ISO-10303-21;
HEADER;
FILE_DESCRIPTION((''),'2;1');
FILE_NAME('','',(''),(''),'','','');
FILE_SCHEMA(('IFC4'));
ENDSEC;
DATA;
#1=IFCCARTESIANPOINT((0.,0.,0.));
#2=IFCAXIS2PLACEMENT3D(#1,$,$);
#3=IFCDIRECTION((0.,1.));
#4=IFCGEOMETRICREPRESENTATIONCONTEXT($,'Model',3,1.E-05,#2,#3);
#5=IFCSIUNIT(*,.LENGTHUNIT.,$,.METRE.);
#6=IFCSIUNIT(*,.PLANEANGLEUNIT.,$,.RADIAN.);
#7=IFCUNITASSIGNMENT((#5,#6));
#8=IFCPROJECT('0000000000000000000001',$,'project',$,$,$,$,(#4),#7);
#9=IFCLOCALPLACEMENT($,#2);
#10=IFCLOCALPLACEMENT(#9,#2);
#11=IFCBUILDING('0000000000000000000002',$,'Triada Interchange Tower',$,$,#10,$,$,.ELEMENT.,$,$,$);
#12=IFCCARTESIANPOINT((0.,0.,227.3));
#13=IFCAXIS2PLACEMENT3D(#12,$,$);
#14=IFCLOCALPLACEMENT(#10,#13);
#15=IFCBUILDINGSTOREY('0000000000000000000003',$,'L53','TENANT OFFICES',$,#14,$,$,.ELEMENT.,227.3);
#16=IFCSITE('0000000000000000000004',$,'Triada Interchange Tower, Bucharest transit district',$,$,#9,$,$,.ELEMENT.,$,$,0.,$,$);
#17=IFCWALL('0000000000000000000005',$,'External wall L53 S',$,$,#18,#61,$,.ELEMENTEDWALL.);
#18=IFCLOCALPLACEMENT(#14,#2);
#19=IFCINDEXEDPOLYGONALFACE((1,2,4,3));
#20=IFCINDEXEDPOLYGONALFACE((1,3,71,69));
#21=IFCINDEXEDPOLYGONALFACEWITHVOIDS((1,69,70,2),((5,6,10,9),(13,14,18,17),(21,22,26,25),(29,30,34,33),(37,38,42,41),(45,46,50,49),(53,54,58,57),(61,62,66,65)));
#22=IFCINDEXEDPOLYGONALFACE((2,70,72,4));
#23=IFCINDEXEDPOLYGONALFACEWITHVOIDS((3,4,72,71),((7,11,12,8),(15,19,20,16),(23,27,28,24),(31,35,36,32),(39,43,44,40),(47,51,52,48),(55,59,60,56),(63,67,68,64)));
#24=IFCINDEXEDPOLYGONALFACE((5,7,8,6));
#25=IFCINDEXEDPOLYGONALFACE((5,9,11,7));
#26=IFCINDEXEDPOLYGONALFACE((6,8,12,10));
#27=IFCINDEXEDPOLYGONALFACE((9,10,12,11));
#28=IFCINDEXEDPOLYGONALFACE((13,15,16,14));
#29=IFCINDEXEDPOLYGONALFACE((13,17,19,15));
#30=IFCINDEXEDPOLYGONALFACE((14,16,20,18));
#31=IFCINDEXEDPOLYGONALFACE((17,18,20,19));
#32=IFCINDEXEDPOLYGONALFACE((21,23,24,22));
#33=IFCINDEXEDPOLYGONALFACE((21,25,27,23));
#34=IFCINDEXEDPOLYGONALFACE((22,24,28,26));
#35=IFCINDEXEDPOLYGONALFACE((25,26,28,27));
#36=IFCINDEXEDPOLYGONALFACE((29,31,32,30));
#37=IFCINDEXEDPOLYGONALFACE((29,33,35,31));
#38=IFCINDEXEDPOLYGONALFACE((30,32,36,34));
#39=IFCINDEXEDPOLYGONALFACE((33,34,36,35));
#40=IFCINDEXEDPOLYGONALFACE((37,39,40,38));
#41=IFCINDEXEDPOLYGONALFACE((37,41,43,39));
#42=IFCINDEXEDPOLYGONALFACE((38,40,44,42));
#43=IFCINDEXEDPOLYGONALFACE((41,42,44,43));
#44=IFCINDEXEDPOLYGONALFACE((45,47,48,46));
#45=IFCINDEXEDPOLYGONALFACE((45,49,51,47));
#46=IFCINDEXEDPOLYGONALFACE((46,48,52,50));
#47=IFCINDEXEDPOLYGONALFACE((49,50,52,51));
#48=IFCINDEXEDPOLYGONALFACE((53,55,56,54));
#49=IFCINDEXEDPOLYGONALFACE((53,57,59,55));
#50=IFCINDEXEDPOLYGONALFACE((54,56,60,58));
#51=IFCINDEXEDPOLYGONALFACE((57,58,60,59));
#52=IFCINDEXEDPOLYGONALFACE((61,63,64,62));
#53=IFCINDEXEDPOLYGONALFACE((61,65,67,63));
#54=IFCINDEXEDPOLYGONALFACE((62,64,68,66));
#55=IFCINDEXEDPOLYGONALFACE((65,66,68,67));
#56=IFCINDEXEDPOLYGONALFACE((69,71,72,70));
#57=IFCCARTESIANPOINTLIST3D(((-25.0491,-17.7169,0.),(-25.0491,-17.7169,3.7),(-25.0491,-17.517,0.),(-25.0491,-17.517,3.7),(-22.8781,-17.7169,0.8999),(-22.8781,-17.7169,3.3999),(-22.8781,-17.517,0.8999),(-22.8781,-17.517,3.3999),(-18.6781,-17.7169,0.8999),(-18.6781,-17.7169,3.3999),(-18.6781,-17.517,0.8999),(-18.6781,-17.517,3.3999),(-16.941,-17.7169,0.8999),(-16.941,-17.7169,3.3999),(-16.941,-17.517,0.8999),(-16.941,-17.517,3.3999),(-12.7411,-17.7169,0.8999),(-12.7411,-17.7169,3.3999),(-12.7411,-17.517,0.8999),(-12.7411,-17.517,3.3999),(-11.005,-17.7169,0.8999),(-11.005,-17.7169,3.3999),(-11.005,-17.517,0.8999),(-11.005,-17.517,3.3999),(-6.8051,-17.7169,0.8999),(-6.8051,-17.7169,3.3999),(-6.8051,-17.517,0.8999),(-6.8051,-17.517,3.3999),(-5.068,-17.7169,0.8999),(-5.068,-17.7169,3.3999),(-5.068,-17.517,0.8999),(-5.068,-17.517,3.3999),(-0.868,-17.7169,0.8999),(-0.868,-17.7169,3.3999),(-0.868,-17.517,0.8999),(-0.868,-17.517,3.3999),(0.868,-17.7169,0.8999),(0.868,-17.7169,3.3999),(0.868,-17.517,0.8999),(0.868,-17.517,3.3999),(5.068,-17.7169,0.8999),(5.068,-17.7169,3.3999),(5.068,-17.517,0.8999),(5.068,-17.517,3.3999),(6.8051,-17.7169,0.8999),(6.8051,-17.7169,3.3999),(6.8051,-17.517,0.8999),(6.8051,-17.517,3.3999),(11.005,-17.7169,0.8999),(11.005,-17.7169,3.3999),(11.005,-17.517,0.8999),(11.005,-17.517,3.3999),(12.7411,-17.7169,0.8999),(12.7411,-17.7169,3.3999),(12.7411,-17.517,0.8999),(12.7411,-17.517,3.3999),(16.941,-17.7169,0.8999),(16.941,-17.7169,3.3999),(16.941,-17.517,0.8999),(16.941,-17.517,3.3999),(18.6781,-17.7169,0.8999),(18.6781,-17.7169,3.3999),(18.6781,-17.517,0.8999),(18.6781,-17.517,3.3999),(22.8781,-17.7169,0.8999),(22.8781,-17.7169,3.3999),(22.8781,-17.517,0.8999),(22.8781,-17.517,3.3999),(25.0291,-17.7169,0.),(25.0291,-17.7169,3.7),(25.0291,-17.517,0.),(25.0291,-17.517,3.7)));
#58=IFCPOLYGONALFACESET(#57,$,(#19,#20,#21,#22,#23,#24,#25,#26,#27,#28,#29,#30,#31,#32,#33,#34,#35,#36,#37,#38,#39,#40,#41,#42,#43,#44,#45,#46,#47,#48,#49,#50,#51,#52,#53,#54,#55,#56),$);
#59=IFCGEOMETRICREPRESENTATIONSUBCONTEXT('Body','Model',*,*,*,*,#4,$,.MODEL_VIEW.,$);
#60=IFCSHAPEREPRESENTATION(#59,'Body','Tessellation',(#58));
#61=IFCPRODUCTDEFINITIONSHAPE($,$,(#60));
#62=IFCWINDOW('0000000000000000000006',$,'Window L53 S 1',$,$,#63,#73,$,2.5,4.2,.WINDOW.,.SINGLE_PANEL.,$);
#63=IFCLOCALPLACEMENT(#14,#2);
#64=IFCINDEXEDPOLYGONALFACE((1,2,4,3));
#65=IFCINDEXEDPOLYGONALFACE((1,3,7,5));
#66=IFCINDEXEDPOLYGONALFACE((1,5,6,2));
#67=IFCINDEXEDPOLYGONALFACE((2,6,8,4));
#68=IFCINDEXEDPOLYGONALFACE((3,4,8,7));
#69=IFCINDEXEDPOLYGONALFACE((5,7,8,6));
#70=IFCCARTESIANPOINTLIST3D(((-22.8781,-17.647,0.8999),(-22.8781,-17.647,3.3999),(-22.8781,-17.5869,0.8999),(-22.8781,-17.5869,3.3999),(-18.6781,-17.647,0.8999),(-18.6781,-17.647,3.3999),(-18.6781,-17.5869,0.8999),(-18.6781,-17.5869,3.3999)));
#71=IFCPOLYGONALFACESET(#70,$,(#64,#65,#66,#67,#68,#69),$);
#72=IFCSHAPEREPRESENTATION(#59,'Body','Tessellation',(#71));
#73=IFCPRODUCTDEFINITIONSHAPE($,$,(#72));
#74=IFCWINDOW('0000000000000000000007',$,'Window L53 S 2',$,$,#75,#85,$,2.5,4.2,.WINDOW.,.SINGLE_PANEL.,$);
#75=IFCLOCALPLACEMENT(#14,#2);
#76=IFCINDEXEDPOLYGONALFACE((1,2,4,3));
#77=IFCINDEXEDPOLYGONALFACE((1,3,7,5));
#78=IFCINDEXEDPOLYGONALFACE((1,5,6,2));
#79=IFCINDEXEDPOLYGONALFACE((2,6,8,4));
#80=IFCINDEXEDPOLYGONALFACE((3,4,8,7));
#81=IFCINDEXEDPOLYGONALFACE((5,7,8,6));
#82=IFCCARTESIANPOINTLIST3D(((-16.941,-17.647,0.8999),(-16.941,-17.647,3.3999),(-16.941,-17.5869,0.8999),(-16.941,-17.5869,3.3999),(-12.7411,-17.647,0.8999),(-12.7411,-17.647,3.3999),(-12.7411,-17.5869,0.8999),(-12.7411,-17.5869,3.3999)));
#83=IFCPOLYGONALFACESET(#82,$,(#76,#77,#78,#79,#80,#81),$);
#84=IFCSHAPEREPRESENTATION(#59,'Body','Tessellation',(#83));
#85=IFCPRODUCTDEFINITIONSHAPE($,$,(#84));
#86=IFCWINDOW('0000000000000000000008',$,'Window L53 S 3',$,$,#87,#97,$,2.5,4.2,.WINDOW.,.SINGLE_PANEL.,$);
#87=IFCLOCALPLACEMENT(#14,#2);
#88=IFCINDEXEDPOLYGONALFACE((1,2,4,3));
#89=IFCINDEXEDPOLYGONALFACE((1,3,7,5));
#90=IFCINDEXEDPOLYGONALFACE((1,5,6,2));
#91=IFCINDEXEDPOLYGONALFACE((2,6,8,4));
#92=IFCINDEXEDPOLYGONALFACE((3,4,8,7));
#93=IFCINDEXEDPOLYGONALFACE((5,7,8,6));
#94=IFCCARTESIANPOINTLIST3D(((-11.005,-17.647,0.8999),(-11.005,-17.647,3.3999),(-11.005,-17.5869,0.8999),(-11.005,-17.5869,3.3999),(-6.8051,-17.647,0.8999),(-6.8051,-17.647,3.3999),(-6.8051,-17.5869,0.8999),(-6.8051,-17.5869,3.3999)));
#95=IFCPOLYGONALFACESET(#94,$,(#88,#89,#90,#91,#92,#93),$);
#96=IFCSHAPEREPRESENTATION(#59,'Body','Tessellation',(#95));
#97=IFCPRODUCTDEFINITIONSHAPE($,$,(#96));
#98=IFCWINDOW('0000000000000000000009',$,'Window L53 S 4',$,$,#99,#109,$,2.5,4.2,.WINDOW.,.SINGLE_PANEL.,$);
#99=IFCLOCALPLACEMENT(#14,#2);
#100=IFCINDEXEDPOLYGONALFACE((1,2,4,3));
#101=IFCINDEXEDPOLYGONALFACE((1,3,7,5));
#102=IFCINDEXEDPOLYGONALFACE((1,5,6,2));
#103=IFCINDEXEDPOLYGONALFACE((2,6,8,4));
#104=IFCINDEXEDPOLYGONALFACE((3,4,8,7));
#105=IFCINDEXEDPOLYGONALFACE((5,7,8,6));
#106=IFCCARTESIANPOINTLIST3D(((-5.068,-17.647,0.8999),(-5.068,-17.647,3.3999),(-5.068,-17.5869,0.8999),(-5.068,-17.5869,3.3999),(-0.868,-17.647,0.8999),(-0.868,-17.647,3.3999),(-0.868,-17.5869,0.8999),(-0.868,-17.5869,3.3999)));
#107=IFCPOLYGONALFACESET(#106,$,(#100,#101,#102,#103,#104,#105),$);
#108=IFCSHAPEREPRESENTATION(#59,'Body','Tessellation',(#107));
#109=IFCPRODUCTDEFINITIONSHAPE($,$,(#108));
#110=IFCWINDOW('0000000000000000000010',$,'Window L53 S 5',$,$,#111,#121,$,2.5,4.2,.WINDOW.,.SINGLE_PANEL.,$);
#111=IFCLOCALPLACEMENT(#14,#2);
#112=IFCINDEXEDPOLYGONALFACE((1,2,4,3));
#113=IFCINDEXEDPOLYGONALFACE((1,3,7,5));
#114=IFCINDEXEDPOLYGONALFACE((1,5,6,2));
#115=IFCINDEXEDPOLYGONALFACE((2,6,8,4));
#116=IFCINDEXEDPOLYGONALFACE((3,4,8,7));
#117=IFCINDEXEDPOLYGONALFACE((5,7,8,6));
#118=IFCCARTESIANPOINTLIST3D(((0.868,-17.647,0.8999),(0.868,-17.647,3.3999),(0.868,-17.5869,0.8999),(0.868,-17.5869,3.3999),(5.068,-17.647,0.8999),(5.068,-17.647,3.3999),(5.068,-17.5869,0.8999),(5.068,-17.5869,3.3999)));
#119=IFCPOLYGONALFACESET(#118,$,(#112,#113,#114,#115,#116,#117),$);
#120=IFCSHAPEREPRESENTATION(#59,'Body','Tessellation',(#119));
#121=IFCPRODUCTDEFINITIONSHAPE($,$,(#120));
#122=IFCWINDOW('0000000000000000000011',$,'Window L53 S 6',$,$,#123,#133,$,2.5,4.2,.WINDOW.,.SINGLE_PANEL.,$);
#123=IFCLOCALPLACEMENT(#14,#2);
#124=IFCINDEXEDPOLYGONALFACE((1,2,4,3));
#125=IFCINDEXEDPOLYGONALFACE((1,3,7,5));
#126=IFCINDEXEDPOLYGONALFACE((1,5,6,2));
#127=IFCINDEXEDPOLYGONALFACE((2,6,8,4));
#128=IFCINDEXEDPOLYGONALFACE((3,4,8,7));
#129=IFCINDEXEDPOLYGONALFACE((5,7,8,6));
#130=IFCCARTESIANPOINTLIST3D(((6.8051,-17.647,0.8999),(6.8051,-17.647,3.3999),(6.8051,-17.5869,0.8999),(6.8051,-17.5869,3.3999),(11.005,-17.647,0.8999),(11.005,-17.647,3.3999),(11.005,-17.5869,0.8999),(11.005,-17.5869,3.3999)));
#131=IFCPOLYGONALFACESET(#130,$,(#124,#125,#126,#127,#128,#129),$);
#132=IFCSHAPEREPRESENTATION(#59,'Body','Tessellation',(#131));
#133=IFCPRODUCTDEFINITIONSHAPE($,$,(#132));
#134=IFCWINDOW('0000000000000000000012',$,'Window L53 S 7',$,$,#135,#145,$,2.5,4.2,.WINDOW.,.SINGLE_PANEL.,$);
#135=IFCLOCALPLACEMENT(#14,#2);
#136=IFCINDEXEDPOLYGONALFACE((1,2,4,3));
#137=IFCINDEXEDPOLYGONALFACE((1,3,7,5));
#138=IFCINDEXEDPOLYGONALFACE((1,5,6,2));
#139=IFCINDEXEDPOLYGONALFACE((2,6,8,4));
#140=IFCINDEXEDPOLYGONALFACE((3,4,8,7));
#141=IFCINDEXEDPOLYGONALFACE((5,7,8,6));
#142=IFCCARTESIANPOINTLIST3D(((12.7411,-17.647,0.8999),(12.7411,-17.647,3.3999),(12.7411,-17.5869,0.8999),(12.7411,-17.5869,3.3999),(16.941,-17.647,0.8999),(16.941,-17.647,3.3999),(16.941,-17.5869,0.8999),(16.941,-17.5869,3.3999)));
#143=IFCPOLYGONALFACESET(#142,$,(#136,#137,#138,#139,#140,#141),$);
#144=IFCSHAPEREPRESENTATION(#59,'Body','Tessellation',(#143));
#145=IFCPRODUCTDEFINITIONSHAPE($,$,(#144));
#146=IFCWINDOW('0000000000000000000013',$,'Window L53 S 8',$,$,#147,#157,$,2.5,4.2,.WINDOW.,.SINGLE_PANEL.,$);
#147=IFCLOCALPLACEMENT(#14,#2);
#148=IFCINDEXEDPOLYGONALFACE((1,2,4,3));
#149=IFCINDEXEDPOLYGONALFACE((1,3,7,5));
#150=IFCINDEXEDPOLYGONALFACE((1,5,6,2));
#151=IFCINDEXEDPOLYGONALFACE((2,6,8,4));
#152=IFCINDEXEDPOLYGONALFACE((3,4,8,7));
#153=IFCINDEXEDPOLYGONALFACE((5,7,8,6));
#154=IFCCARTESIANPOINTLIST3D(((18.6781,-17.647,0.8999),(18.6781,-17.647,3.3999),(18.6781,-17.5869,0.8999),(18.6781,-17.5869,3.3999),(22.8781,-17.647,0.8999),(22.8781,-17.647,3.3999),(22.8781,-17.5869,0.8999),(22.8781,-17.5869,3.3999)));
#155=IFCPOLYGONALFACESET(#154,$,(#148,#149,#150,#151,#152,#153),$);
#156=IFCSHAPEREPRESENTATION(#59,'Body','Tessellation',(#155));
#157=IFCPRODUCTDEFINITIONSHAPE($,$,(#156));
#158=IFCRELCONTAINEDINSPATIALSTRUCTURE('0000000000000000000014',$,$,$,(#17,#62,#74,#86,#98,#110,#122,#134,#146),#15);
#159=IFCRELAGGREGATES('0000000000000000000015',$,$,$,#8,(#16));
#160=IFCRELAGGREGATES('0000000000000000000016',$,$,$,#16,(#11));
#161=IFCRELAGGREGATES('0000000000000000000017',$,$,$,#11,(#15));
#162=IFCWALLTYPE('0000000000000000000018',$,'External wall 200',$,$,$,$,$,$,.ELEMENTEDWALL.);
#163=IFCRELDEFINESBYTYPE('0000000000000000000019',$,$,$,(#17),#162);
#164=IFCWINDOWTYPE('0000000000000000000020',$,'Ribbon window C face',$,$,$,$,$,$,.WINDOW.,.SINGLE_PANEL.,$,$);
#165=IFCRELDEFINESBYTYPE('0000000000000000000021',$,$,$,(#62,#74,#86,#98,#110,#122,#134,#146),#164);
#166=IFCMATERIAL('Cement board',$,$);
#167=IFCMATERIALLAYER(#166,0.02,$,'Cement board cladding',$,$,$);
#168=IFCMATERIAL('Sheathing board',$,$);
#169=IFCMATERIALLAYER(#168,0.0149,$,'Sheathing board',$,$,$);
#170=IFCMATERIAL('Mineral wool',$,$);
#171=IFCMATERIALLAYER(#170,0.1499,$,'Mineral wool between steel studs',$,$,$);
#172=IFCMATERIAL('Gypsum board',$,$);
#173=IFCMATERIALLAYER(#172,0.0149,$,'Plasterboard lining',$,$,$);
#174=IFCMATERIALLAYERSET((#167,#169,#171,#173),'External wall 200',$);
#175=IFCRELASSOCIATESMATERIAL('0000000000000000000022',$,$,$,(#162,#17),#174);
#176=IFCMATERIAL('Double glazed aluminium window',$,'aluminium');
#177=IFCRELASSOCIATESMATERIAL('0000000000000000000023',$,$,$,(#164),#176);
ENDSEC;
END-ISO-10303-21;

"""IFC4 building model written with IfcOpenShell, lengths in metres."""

from ifc_helpers import new_model, si_unit, direction, frame, frame_2d, origin, place, context, subcontext, project, spatial, rectangle, extrude, material, layer, layer_set, layer_usage, type_object, element, fill, save


model = new_model("IFC4")

# Units and contexts
model_context = context("Model", 3, precision=1e-05, world=origin(), true_north=direction((0.0, 1.0)))
body_context = subcontext(model_context, "Body", "Model", "MODEL_VIEW")
ifc_project = project(units=[si_unit("LENGTHUNIT", "METRE"), si_unit("PLANEANGLEUNIT", "RADIAN")], contexts=[model_context])

# Site, building, storey
site_placement = place(None, origin())
site = spatial("IfcSite", under=ifc_project, at=site_placement, Name="Triada Interchange Tower, Bucharest transit district", CompositionType="ELEMENT", RefElevation=0.0)
building_placement = place(site_placement, origin())
building = spatial("IfcBuilding", under=site, at=building_placement, Name="Triada Interchange Tower", CompositionType="ELEMENT")
storey_placement = place(building_placement, frame((0.0, 0.0, 227.3)))
storey = spatial("IfcBuildingStorey", under=building, at=storey_placement, Name="L53", Description="TENANT OFFICES", CompositionType="ELEMENT", Elevation=227.3)

# Shared definitions
ifc_material_1 = material(Name="Cement board")
ifc_layer_1 = layer(ifc_material_1, 0.02, Name="Cement board cladding")
ifc_material_2 = material(Name="Sheathing board")
ifc_layer_2 = layer(ifc_material_2, 0.0149, Name="Sheathing board")
ifc_material_3 = material(Name="Mineral wool")
ifc_layer_3 = layer(ifc_material_3, 0.1499, Name="Mineral wool between steel studs")
ifc_material_4 = material(Name="Gypsum board")
ifc_layer_4 = layer(ifc_material_4, 0.0149, Name="Plasterboard lining")
ifc_layer_set_1 = layer_set([ifc_layer_1, ifc_layer_2, ifc_layer_3, ifc_layer_4], Name="External wall 200")
ifc_layer_usage = layer_usage(ifc_layer_set_1, "AXIS2", "POSITIVE", -0.1001)
wall_type_1 = type_object("IfcWallType", Name="External wall 200", PredefinedType="ELEMENTEDWALL", material=ifc_layer_set_1)
ifc_material_5 = material(Name="Double glazed aluminium window", Category="aluminium")

# Wall, openings, windows
wall_1_placement = place(storey_placement, frame((-25.0491, -17.6169, 0.0), z_axis=(0.0, 0.0, 1.0), x_axis=(1.0, 0.0, 0.0)))
wall_1 = element("IfcWall", 1, at=wall_1_placement, inside=storey, type_object=wall_type_1, material=ifc_layer_usage, Name="External wall L53 S", PredefinedType="ELEMENTEDWALL", context=body_context, shape_type="SweptSolid", body=[
    extrude(rectangle(XDim=50.0781, YDim=0.2, at=frame_2d((25.0391, 0.0))), origin(), (0.0, 0.0, 1.0), 3.7),
])
opening_1_placement = place(wall_1_placement, frame((2.1709, 0.0, 0.8999)))
opening_1 = element("IfcOpeningElement", 2, at=opening_1_placement, cuts=wall_1, PredefinedType="OPENING", context=body_context, shape_type="SweptSolid", body=[
    extrude(rectangle(XDim=4.2, YDim=2.5, at=frame_2d((2.1001, 1.25))), frame((0.0, 0.1099, 0.0), z_axis=(0.0, -1.0, 0.0), x_axis=(1.0, 0.0, 0.0)), (0.0, 0.0, 1.0), 0.22),
])
opening_2_placement = place(wall_1_placement, frame((8.1079, 0.0, 0.8999)))
opening_2 = element("IfcOpeningElement", 3, at=opening_2_placement, cuts=wall_1, PredefinedType="OPENING", context=body_context, shape_type="SweptSolid", body=[
    extrude(rectangle(XDim=4.2, YDim=2.5, at=frame_2d((2.1001, 1.25))), frame((0.0, 0.1099, 0.0), z_axis=(0.0, -1.0, 0.0), x_axis=(1.0, 0.0, 0.0)), (0.0, 0.0, 1.0), 0.22),
])
opening_3_placement = place(wall_1_placement, frame((14.0439, 0.0, 0.8999)))
opening_3 = element("IfcOpeningElement", 4, at=opening_3_placement, cuts=wall_1, PredefinedType="OPENING", context=body_context, shape_type="SweptSolid", body=[
    extrude(rectangle(XDim=4.2, YDim=2.5, at=frame_2d((2.1001, 1.25))), frame((0.0, 0.1099, 0.0), z_axis=(0.0, -1.0, 0.0), x_axis=(1.0, 0.0, 0.0)), (0.0, 0.0, 1.0), 0.22),
])
opening_4_placement = place(wall_1_placement, frame((19.981, 0.0, 0.8999)))
opening_4 = element("IfcOpeningElement", 5, at=opening_4_placement, cuts=wall_1, PredefinedType="OPENING", context=body_context, shape_type="SweptSolid", body=[
    extrude(rectangle(XDim=4.2, YDim=2.5, at=frame_2d((2.1001, 1.25))), frame((0.0, 0.1099, 0.0), z_axis=(0.0, -1.0, 0.0), x_axis=(1.0, 0.0, 0.0)), (0.0, 0.0, 1.0), 0.22),
])
opening_5_placement = place(wall_1_placement, frame((25.917, 0.0, 0.8999)))
opening_5 = element("IfcOpeningElement", 6, at=opening_5_placement, cuts=wall_1, PredefinedType="OPENING", context=body_context, shape_type="SweptSolid", body=[
    extrude(rectangle(XDim=4.2, YDim=2.5, at=frame_2d((2.1001, 1.25))), frame((0.0, 0.1099, 0.0), z_axis=(0.0, -1.0, 0.0), x_axis=(1.0, 0.0, 0.0)), (0.0, 0.0, 1.0), 0.22),
])
opening_6_placement = place(wall_1_placement, frame((31.854, 0.0, 0.8999)))
opening_6 = element("IfcOpeningElement", 7, at=opening_6_placement, cuts=wall_1, PredefinedType="OPENING", context=body_context, shape_type="SweptSolid", body=[
    extrude(rectangle(XDim=4.2, YDim=2.5, at=frame_2d((2.1001, 1.25))), frame((0.0, 0.1099, 0.0), z_axis=(0.0, -1.0, 0.0), x_axis=(1.0, 0.0, 0.0)), (0.0, 0.0, 1.0), 0.22),
])
opening_7_placement = place(wall_1_placement, frame((37.79, 0.0, 0.8999)))
opening_7 = element("IfcOpeningElement", 8, at=opening_7_placement, cuts=wall_1, PredefinedType="OPENING", context=body_context, shape_type="SweptSolid", body=[
    extrude(rectangle(XDim=4.2, YDim=2.5, at=frame_2d((2.1001, 1.25))), frame((0.0, 0.1099, 0.0), z_axis=(0.0, -1.0, 0.0), x_axis=(1.0, 0.0, 0.0)), (0.0, 0.0, 1.0), 0.22),
])
opening_8_placement = place(wall_1_placement, frame((43.7271, 0.0, 0.8999)))
opening_8 = element("IfcOpeningElement", 9, at=opening_8_placement, cuts=wall_1, PredefinedType="OPENING", context=body_context, shape_type="SweptSolid", body=[
    extrude(rectangle(XDim=4.2, YDim=2.5, at=frame_2d((2.1001, 1.25))), frame((0.0, 0.1099, 0.0), z_axis=(0.0, -1.0, 0.0), x_axis=(1.0, 0.0, 0.0)), (0.0, 0.0, 1.0), 0.22),
])
window_type_1 = type_object("IfcWindowType", Name="Ribbon window C face", PartitioningType="SINGLE_PANEL", PredefinedType="WINDOW", material=ifc_material_5)
window_1_placement = place(opening_1_placement, origin())
window_1 = element("IfcWindow", 10, at=window_1_placement, inside=storey, type_object=window_type_1, Name="Window L53 S 1", OverallHeight=2.5, OverallWidth=4.2, PartitioningType="SINGLE_PANEL", PredefinedType="WINDOW", context=body_context, shape_type="SweptSolid", body=[
    extrude(rectangle(XDim=4.2, YDim=2.5, at=frame_2d((2.1001, 1.25))), frame((0.0, 0.03, 0.0), z_axis=(0.0, -1.0, 0.0), x_axis=(1.0, 0.0, 0.0)), (0.0, 0.0, 1.0), 0.0601),
])
fill(opening_1, window_1)
window_2_placement = place(opening_2_placement, origin())
window_2 = element("IfcWindow", 11, at=window_2_placement, inside=storey, type_object=window_type_1, Name="Window L53 S 2", OverallHeight=2.5, OverallWidth=4.2, PartitioningType="SINGLE_PANEL", PredefinedType="WINDOW", context=body_context, shape_type="SweptSolid", body=[
    extrude(rectangle(XDim=4.2, YDim=2.5, at=frame_2d((2.1001, 1.25))), frame((0.0, 0.03, 0.0), z_axis=(0.0, -1.0, 0.0), x_axis=(1.0, 0.0, 0.0)), (0.0, 0.0, 1.0), 0.0601),
])
fill(opening_2, window_2)
window_3_placement = place(opening_3_placement, origin())
window_3 = element("IfcWindow", 12, at=window_3_placement, inside=storey, type_object=window_type_1, Name="Window L53 S 3", OverallHeight=2.5, OverallWidth=4.2, PartitioningType="SINGLE_PANEL", PredefinedType="WINDOW", context=body_context, shape_type="SweptSolid", body=[
    extrude(rectangle(XDim=4.2, YDim=2.5, at=frame_2d((2.1001, 1.25))), frame((0.0, 0.03, 0.0), z_axis=(0.0, -1.0, 0.0), x_axis=(1.0, 0.0, 0.0)), (0.0, 0.0, 1.0), 0.0601),
])
fill(opening_3, window_3)
window_4_placement = place(opening_4_placement, origin())
window_4 = element("IfcWindow", 13, at=window_4_placement, inside=storey, type_object=window_type_1, Name="Window L53 S 4", OverallHeight=2.5, OverallWidth=4.2, PartitioningType="SINGLE_PANEL", PredefinedType="WINDOW", context=body_context, shape_type="SweptSolid", body=[
    extrude(rectangle(XDim=4.2, YDim=2.5, at=frame_2d((2.1001, 1.25))), frame((0.0, 0.03, 0.0), z_axis=(0.0, -1.0, 0.0), x_axis=(1.0, 0.0, 0.0)), (0.0, 0.0, 1.0), 0.0601),
])
fill(opening_4, window_4)
window_5_placement = place(opening_5_placement, origin())
window_5 = element("IfcWindow", 14, at=window_5_placement, inside=storey, type_object=window_type_1, Name="Window L53 S 5", OverallHeight=2.5, OverallWidth=4.2, PartitioningType="SINGLE_PANEL", PredefinedType="WINDOW", context=body_context, shape_type="SweptSolid", body=[
    extrude(rectangle(XDim=4.2, YDim=2.5, at=frame_2d((2.1001, 1.25))), frame((0.0, 0.03, 0.0), z_axis=(0.0, -1.0, 0.0), x_axis=(1.0, 0.0, 0.0)), (0.0, 0.0, 1.0), 0.0601),
])
fill(opening_5, window_5)
window_6_placement = place(opening_6_placement, origin())
window_6 = element("IfcWindow", 15, at=window_6_placement, inside=storey, type_object=window_type_1, Name="Window L53 S 6", OverallHeight=2.5, OverallWidth=4.2, PartitioningType="SINGLE_PANEL", PredefinedType="WINDOW", context=body_context, shape_type="SweptSolid", body=[
    extrude(rectangle(XDim=4.2, YDim=2.5, at=frame_2d((2.1001, 1.25))), frame((0.0, 0.03, 0.0), z_axis=(0.0, -1.0, 0.0), x_axis=(1.0, 0.0, 0.0)), (0.0, 0.0, 1.0), 0.0601),
])
fill(opening_6, window_6)
window_7_placement = place(opening_7_placement, origin())
window_7 = element("IfcWindow", 16, at=window_7_placement, inside=storey, type_object=window_type_1, Name="Window L53 S 7", OverallHeight=2.5, OverallWidth=4.2, PartitioningType="SINGLE_PANEL", PredefinedType="WINDOW", context=body_context, shape_type="SweptSolid", body=[
    extrude(rectangle(XDim=4.2, YDim=2.5, at=frame_2d((2.1001, 1.25))), frame((0.0, 0.03, 0.0), z_axis=(0.0, -1.0, 0.0), x_axis=(1.0, 0.0, 0.0)), (0.0, 0.0, 1.0), 0.0601),
])
fill(opening_7, window_7)
window_8_placement = place(opening_8_placement, origin())
window_8 = element("IfcWindow", 17, at=window_8_placement, inside=storey, type_object=window_type_1, Name="Window L53 S 8", OverallHeight=2.5, OverallWidth=4.2, PartitioningType="SINGLE_PANEL", PredefinedType="WINDOW", context=body_context, shape_type="SweptSolid", body=[
    extrude(rectangle(XDim=4.2, YDim=2.5, at=frame_2d((2.1001, 1.25))), frame((0.0, 0.03, 0.0), z_axis=(0.0, -1.0, 0.0), x_axis=(1.0, 0.0, 0.0)), (0.0, 0.0, 1.0), 0.0601),
])
fill(opening_8, window_8)

save(model, "model.ifc")
